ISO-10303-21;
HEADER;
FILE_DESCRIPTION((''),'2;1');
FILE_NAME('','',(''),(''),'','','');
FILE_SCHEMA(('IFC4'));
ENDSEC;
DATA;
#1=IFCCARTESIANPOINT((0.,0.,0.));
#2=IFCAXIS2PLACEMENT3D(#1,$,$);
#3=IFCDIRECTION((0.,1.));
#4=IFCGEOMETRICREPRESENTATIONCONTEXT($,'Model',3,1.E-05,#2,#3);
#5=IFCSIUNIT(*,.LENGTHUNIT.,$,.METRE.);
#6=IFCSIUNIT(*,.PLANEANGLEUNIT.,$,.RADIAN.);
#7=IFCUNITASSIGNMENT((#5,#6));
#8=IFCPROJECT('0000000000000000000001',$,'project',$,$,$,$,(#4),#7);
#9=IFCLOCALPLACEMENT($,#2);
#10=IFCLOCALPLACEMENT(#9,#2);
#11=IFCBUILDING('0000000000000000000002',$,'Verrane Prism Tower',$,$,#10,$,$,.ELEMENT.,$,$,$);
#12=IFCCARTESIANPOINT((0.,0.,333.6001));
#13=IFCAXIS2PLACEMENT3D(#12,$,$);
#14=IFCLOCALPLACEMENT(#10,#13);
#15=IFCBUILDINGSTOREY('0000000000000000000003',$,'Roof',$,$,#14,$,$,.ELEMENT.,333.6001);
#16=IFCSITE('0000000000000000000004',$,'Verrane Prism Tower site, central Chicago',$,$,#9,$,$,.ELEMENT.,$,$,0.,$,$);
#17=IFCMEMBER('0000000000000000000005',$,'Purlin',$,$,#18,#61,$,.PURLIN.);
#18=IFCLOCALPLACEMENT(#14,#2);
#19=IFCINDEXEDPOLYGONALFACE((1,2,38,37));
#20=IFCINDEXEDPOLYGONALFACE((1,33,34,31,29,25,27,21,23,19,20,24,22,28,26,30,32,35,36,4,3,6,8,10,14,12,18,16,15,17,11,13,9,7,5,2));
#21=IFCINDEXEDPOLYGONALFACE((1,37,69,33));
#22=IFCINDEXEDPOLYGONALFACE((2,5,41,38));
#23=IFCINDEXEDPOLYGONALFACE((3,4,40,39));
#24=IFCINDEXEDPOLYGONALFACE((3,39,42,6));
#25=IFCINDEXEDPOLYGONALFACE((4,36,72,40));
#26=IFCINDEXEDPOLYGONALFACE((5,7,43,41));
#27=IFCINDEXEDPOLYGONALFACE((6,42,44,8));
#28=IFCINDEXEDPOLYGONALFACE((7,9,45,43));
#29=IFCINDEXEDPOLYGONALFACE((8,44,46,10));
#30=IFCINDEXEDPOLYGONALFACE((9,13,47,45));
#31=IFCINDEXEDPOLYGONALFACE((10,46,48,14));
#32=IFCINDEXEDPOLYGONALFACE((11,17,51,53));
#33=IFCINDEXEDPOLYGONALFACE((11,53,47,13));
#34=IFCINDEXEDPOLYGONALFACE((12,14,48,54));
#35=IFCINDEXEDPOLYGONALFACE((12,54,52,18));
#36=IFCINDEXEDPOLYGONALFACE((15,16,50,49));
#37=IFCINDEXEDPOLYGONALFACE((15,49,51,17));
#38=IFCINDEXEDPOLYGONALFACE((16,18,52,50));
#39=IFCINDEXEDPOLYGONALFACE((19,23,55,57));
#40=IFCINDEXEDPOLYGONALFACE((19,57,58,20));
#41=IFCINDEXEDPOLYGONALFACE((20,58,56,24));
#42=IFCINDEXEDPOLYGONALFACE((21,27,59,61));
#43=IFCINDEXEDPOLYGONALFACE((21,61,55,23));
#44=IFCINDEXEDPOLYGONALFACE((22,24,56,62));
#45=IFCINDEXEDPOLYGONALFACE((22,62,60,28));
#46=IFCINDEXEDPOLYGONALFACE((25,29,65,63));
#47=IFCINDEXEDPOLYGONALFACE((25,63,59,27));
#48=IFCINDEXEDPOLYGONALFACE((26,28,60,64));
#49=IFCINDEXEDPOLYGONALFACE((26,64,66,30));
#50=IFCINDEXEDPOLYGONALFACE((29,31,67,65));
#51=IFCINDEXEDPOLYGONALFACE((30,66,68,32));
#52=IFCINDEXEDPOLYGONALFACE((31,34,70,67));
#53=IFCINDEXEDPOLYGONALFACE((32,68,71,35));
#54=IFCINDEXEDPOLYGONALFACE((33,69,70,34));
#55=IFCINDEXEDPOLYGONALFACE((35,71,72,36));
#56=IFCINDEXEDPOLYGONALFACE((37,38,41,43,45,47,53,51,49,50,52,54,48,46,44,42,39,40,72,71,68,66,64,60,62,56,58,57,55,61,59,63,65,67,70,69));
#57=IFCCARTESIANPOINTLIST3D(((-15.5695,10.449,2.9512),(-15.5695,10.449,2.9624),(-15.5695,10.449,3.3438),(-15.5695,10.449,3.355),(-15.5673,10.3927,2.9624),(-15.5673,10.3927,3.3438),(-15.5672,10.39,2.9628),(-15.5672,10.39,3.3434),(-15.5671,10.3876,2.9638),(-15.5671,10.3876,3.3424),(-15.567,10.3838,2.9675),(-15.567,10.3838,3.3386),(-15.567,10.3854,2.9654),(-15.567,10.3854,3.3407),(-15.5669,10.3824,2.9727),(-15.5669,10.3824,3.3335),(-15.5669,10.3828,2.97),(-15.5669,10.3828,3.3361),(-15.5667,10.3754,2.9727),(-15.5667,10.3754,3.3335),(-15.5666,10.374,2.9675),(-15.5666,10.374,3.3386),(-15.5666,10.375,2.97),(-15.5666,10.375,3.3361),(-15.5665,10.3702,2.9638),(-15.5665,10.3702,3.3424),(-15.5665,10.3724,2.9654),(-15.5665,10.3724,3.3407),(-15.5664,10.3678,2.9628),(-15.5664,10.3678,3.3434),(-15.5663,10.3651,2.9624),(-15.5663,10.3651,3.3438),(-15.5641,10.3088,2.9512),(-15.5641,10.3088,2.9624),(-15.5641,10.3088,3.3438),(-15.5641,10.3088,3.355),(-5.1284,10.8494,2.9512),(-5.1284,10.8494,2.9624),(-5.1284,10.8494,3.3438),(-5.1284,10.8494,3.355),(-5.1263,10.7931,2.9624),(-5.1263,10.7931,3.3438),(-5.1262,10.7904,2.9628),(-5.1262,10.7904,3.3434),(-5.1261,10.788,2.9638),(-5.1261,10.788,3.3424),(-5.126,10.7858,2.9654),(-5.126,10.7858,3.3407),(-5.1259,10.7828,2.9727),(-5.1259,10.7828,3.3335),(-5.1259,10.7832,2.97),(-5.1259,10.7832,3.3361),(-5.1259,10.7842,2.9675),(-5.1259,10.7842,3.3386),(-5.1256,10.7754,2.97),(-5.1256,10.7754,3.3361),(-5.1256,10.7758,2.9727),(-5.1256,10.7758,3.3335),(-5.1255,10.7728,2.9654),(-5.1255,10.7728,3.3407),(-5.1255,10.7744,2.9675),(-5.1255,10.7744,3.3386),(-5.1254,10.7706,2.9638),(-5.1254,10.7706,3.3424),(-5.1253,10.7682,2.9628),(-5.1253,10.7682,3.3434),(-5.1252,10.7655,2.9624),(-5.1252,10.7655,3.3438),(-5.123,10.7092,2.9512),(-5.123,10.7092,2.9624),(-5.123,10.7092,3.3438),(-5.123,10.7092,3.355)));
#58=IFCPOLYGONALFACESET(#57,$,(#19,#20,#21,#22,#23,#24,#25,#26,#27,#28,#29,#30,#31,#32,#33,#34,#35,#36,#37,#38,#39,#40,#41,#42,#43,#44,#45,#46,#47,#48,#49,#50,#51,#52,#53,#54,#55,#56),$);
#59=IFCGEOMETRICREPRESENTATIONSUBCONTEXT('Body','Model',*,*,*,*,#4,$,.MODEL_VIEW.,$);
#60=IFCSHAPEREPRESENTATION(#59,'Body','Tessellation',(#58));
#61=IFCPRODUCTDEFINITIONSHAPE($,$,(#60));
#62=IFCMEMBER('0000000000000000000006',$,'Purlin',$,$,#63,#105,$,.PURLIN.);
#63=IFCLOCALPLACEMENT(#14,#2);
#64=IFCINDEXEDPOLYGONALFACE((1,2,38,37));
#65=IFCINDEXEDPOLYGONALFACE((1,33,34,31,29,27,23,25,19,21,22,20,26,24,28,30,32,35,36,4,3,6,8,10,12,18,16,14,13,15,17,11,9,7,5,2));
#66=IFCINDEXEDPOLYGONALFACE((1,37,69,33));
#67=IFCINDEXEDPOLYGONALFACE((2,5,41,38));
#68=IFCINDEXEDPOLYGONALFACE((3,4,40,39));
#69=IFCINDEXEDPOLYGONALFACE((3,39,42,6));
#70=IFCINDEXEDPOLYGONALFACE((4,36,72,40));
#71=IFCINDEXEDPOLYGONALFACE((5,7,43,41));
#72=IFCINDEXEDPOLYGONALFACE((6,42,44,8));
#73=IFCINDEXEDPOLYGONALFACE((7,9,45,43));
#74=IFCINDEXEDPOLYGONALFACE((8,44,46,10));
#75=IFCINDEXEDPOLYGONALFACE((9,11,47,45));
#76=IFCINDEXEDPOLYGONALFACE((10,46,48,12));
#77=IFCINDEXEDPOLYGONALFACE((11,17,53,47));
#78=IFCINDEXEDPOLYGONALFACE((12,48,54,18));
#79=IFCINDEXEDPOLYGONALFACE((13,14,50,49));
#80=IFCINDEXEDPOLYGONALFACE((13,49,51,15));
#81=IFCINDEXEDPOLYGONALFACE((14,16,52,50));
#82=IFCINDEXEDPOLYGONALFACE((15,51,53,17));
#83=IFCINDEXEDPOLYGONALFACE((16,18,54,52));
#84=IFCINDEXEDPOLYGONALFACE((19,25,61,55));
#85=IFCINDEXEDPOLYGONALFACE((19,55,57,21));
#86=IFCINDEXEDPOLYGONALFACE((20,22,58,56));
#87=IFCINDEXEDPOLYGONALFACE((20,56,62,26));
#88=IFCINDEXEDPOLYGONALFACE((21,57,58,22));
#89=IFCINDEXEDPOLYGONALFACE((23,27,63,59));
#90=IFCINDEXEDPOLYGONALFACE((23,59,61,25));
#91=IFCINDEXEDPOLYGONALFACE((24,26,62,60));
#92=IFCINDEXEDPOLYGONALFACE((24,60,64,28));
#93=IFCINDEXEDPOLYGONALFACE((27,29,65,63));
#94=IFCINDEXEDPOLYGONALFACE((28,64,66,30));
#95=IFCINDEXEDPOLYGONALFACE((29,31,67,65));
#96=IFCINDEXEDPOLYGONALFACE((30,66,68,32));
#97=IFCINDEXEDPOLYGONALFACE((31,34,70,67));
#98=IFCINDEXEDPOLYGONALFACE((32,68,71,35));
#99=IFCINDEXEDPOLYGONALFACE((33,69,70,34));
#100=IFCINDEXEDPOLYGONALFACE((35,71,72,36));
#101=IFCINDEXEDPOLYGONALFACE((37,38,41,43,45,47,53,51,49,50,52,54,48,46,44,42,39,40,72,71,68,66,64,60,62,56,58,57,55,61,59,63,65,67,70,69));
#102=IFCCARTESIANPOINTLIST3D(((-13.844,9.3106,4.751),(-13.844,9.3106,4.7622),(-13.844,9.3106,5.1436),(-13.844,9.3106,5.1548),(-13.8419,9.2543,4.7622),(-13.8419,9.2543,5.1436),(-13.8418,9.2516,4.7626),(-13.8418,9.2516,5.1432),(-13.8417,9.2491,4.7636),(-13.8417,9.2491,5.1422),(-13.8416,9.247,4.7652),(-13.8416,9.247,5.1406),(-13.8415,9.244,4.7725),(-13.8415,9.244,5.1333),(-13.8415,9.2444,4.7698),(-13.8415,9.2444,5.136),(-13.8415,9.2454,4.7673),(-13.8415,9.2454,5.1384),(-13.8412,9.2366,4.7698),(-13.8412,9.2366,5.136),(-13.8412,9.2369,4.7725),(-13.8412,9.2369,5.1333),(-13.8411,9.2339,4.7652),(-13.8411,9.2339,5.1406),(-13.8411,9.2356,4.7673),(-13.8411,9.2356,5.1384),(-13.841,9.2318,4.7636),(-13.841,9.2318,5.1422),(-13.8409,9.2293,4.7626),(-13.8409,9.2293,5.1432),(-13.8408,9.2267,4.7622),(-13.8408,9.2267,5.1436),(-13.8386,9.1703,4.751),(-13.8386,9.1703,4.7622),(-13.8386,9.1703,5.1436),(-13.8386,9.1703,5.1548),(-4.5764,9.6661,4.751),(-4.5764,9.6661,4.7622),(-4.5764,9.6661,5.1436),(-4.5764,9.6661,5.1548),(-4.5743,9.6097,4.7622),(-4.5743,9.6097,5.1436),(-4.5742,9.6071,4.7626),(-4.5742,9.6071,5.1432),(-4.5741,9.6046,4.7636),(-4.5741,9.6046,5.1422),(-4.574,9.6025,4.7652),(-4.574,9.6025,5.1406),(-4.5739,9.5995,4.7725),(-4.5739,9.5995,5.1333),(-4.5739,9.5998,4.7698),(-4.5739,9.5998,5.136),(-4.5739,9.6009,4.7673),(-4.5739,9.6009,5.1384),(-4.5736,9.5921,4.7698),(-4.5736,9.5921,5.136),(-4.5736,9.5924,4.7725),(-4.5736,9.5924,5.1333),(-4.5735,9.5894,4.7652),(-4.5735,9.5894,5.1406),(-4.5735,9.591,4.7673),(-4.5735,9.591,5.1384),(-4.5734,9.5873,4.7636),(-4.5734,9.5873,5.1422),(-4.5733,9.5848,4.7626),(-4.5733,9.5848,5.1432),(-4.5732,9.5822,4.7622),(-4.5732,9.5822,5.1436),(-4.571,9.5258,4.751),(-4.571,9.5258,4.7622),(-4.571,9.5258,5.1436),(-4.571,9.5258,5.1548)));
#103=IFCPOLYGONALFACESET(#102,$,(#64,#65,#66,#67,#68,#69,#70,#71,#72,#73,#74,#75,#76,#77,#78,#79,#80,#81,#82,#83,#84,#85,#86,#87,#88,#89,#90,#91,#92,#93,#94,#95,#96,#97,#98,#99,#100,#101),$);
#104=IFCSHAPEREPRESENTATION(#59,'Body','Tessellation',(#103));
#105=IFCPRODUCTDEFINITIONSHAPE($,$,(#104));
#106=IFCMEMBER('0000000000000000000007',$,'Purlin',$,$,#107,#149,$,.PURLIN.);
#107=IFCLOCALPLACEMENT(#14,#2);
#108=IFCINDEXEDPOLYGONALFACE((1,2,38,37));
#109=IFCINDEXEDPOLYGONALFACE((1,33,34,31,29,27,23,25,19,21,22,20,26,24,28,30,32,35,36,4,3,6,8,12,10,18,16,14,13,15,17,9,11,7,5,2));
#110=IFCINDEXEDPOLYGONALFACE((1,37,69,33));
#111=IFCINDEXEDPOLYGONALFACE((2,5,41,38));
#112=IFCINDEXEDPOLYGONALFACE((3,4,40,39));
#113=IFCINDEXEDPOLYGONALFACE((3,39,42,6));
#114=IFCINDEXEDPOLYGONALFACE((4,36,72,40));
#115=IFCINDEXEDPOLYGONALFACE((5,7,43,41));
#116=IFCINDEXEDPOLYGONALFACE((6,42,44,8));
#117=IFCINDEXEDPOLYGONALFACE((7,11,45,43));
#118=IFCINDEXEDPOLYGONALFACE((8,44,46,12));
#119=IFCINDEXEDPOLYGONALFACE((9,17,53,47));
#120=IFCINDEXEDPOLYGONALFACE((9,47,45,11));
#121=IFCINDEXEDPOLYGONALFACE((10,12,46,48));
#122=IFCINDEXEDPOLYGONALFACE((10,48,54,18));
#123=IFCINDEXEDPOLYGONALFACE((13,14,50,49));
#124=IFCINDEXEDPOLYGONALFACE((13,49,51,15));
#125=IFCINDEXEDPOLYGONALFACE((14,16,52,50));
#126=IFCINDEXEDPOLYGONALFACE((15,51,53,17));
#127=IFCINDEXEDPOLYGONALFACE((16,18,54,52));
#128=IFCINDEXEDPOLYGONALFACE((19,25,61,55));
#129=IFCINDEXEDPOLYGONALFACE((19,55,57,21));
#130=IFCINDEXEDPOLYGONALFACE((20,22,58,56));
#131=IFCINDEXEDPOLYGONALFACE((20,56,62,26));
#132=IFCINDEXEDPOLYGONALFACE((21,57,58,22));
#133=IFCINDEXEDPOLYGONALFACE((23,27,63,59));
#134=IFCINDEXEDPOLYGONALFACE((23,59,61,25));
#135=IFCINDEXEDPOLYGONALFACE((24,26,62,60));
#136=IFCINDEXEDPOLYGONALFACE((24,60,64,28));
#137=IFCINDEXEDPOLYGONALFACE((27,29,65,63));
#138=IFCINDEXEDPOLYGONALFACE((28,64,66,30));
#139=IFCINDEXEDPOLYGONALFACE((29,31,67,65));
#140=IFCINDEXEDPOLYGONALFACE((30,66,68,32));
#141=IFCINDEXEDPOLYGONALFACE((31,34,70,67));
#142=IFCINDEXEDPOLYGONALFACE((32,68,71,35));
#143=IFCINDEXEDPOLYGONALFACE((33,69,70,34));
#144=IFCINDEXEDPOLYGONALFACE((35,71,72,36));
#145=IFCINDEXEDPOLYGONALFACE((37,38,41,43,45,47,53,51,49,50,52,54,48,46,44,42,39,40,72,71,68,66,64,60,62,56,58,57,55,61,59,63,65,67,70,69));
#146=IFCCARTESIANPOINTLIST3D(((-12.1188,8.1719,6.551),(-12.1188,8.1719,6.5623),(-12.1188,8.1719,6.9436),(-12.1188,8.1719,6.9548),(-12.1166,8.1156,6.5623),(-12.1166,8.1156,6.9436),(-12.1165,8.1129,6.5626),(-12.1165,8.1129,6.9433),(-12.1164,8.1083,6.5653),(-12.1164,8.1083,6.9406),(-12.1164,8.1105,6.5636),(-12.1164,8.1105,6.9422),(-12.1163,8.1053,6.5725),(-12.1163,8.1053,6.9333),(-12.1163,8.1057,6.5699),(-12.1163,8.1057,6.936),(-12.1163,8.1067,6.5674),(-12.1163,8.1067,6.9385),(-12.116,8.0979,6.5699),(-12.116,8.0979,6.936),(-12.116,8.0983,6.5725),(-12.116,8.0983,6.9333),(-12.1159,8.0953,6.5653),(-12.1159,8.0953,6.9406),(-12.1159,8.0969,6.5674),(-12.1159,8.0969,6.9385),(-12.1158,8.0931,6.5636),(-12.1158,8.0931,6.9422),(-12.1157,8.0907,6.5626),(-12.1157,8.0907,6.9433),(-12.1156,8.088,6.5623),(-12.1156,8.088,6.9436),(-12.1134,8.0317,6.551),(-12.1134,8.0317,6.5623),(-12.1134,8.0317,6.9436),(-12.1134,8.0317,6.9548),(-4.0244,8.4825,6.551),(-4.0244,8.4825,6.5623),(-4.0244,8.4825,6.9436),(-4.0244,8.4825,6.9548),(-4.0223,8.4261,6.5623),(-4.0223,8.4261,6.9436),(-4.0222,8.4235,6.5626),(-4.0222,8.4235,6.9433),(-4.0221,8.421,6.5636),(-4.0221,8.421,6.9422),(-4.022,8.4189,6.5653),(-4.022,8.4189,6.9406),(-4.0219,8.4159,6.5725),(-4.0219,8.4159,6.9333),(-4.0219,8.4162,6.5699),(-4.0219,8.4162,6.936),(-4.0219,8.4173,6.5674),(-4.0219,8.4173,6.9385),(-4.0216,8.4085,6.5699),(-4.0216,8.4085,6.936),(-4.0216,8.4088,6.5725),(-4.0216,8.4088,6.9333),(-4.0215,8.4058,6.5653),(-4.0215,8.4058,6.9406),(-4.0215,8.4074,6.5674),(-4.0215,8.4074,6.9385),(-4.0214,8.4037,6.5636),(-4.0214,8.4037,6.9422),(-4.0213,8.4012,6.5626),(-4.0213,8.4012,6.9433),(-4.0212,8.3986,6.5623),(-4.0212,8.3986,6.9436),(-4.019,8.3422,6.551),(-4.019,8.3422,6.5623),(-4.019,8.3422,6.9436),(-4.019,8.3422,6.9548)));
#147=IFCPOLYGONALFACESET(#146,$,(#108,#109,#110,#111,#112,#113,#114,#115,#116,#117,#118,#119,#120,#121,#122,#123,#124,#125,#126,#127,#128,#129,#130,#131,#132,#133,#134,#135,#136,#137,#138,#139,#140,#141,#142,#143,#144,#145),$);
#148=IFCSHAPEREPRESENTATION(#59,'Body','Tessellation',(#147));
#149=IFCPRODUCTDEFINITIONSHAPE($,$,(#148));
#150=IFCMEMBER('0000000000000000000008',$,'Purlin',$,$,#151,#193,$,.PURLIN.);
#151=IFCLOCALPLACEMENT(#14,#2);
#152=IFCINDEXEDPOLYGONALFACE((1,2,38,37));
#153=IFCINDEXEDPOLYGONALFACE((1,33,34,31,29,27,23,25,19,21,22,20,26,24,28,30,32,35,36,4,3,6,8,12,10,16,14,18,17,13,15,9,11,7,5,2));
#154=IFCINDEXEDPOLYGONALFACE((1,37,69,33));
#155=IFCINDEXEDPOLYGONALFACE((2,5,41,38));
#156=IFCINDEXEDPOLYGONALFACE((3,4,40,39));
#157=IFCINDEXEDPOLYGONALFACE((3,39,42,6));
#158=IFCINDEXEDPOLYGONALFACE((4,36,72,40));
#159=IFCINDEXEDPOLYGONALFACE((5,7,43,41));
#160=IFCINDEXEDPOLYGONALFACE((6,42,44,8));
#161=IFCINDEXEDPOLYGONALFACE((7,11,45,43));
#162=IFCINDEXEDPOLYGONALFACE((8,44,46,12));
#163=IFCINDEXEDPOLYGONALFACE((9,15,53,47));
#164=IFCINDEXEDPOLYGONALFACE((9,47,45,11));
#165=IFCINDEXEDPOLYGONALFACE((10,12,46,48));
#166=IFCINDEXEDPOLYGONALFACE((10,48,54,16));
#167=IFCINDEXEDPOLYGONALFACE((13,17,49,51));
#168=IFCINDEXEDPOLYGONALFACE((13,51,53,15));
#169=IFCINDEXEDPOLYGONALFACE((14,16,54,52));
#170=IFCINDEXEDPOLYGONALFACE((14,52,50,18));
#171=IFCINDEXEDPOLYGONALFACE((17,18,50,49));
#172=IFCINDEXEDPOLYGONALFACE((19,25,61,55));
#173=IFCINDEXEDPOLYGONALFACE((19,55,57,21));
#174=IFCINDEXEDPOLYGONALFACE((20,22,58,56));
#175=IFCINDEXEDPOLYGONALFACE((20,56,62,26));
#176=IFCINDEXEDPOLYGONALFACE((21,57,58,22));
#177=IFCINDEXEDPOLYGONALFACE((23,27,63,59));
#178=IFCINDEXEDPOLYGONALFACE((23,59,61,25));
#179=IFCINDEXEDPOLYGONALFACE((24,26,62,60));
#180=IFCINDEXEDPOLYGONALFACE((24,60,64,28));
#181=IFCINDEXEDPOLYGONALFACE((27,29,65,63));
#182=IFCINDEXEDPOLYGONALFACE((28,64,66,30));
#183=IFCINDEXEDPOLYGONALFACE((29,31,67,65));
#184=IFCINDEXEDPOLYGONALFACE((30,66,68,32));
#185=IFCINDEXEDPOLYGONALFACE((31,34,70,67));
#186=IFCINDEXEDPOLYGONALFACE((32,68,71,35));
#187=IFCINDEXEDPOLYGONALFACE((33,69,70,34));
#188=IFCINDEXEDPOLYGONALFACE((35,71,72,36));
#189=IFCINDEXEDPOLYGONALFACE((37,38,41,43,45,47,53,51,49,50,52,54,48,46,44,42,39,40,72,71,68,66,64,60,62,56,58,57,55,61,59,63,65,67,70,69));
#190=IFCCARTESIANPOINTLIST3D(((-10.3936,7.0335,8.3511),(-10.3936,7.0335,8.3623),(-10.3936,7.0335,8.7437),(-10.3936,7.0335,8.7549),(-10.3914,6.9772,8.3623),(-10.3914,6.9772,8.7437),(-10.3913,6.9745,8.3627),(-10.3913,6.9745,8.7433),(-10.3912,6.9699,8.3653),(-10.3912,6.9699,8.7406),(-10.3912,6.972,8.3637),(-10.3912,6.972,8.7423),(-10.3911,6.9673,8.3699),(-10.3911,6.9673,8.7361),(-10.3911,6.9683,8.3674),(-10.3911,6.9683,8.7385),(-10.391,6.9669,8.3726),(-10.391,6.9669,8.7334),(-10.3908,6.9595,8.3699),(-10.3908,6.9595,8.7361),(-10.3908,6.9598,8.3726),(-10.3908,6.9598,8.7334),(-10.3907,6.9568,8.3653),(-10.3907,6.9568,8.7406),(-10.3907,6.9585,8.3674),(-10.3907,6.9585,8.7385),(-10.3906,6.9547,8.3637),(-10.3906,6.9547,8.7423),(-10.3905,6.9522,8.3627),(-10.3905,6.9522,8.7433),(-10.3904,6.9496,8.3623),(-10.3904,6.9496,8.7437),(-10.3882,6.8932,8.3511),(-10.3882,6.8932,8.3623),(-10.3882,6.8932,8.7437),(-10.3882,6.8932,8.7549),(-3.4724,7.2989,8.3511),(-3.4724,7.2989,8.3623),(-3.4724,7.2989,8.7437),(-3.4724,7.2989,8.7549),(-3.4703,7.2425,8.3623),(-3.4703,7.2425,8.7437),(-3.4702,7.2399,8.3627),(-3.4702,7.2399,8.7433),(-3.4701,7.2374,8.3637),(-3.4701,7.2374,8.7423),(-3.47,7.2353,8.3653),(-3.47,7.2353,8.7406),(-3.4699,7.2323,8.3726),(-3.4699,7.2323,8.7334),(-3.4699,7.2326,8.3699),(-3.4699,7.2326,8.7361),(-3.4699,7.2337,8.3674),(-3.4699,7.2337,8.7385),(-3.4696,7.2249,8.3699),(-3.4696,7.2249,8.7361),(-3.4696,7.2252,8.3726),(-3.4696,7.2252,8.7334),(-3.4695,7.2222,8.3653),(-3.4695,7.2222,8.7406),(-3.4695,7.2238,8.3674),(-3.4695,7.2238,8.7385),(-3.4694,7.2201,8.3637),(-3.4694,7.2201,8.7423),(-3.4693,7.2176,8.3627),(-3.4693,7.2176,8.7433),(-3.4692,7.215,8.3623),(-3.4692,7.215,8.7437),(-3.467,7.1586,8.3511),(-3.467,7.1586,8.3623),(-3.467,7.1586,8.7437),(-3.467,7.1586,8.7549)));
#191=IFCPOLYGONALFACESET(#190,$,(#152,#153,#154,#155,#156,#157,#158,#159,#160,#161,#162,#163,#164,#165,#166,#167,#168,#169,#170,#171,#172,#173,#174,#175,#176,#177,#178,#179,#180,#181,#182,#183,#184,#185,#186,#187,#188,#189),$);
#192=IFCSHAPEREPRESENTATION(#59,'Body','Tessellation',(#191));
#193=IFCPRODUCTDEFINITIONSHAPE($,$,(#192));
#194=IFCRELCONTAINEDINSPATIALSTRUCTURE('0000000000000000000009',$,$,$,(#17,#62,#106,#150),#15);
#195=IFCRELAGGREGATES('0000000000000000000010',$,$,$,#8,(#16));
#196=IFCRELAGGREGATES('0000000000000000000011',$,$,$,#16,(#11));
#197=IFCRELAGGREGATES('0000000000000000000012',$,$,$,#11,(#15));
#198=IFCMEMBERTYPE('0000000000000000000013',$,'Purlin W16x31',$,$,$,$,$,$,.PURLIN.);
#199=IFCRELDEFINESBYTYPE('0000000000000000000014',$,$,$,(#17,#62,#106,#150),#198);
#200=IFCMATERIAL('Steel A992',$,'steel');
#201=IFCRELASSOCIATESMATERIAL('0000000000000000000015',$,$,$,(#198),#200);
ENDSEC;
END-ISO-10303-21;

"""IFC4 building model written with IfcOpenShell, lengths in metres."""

from ifc_helpers import new_model, si_unit, direction, frame, origin, origin_2d, place, context, subcontext, project, spatial, i_section, extrude, material, material_profile, profile_set, type_object, element, save


model = new_model("IFC4")

# Units and contexts
model_context = context("Model", 3, precision=1e-05, world=origin(), true_north=direction((0.0, 1.0)))
body_context = subcontext(model_context, "Body", "Model", "MODEL_VIEW")
ifc_project = project(units=[si_unit("LENGTHUNIT", "METRE"), si_unit("PLANEANGLEUNIT", "RADIAN")], contexts=[model_context])

# Site, building, storey
site_placement = place(None, origin())
site = spatial("IfcSite", under=ifc_project, at=site_placement, Name="Verrane Prism Tower site, central Chicago", CompositionType="ELEMENT", RefElevation=0.0)
building_placement = place(site_placement, origin())
building = spatial("IfcBuilding", under=site, at=building_placement, Name="Verrane Prism Tower", CompositionType="ELEMENT")
storey_placement = place(building_placement, frame((0.0, 0.0, 333.6001)))
storey = spatial("IfcBuildingStorey", under=building, at=storey_placement, Name="Roof", CompositionType="ELEMENT", Elevation=333.6001)

# Members
ifc_material_1 = material(Name="Steel A992", Category="steel")
ifc_material_profile_1 = material_profile(ifc_material_1, i_section(OverallWidth=0.1404, OverallDepth=0.4038, WebThickness=0.0071, FlangeThickness=0.0112, FilletRadius=0.0103, at=origin_2d()), Name="W16x31")
ifc_profile_set_1 = profile_set([ifc_material_profile_1], Name="Steel A992")
member_type_1 = type_object("IfcMemberType", Name="Purlin W16x31", PredefinedType="PURLIN", material=ifc_profile_set_1)
member_1_placement = place(storey_placement, frame((-5.1257, 10.7793, 3.1531), z_axis=(-0.999266, -0.038319, 0.0), x_axis=(0.038319, -0.999266, 0.0)))
element("IfcMember", 1, at=member_1_placement, inside=storey, type_object=member_type_1, Name="Purlin", PredefinedType="PURLIN", context=body_context, shape_type="SweptSolid", body=[
    extrude(i_section(OverallWidth=0.1404, OverallDepth=0.4038, WebThickness=0.0071, FlangeThickness=0.0112, FilletRadius=0.0103, at=origin_2d()), origin(), (0.0, 0.0, 1.0), 10.4487),
])
member_2_placement = place(storey_placement, frame((-4.5737, 9.5959, 4.9529), z_axis=(-0.999265, -0.038328, 0.0), x_axis=(0.038328, -0.999265, 0.0)))
element("IfcMember", 2, at=member_2_placement, inside=storey, type_object=member_type_1, Name="Purlin", PredefinedType="PURLIN", context=body_context, shape_type="SweptSolid", body=[
    extrude(i_section(OverallWidth=0.1404, OverallDepth=0.4038, WebThickness=0.0071, FlangeThickness=0.0112, FilletRadius=0.0103, at=origin_2d()), origin(), (0.0, 0.0, 1.0), 9.2744),
])
member_3_placement = place(storey_placement, frame((-4.0217, 8.4124, 6.7529), z_axis=(-0.999265, -0.038337, 0.0), x_axis=(0.038337, -0.999265, 0.0)))
element("IfcMember", 3, at=member_3_placement, inside=storey, type_object=member_type_1, Name="Purlin", PredefinedType="PURLIN", context=body_context, shape_type="SweptSolid", body=[
    extrude(i_section(OverallWidth=0.1404, OverallDepth=0.4038, WebThickness=0.0071, FlangeThickness=0.0112, FilletRadius=0.0103, at=origin_2d()), origin(), (0.0, 0.0, 1.0), 8.1003),
])
member_4_placement = place(storey_placement, frame((-3.4697, 7.2288, 8.553), z_axis=(-0.999266, -0.038315, 0.0), x_axis=(0.038315, -0.999266, 0.0)))
element("IfcMember", 4, at=member_4_placement, inside=storey, type_object=member_type_1, Name="Purlin", PredefinedType="PURLIN", context=body_context, shape_type="SweptSolid", body=[
    extrude(i_section(OverallWidth=0.1404, OverallDepth=0.4038, WebThickness=0.0071, FlangeThickness=0.0112, FilletRadius=0.0103, at=origin_2d()), origin(), (0.0, 0.0, 1.0), 6.9263),
])

save(model, "model.ifc")
